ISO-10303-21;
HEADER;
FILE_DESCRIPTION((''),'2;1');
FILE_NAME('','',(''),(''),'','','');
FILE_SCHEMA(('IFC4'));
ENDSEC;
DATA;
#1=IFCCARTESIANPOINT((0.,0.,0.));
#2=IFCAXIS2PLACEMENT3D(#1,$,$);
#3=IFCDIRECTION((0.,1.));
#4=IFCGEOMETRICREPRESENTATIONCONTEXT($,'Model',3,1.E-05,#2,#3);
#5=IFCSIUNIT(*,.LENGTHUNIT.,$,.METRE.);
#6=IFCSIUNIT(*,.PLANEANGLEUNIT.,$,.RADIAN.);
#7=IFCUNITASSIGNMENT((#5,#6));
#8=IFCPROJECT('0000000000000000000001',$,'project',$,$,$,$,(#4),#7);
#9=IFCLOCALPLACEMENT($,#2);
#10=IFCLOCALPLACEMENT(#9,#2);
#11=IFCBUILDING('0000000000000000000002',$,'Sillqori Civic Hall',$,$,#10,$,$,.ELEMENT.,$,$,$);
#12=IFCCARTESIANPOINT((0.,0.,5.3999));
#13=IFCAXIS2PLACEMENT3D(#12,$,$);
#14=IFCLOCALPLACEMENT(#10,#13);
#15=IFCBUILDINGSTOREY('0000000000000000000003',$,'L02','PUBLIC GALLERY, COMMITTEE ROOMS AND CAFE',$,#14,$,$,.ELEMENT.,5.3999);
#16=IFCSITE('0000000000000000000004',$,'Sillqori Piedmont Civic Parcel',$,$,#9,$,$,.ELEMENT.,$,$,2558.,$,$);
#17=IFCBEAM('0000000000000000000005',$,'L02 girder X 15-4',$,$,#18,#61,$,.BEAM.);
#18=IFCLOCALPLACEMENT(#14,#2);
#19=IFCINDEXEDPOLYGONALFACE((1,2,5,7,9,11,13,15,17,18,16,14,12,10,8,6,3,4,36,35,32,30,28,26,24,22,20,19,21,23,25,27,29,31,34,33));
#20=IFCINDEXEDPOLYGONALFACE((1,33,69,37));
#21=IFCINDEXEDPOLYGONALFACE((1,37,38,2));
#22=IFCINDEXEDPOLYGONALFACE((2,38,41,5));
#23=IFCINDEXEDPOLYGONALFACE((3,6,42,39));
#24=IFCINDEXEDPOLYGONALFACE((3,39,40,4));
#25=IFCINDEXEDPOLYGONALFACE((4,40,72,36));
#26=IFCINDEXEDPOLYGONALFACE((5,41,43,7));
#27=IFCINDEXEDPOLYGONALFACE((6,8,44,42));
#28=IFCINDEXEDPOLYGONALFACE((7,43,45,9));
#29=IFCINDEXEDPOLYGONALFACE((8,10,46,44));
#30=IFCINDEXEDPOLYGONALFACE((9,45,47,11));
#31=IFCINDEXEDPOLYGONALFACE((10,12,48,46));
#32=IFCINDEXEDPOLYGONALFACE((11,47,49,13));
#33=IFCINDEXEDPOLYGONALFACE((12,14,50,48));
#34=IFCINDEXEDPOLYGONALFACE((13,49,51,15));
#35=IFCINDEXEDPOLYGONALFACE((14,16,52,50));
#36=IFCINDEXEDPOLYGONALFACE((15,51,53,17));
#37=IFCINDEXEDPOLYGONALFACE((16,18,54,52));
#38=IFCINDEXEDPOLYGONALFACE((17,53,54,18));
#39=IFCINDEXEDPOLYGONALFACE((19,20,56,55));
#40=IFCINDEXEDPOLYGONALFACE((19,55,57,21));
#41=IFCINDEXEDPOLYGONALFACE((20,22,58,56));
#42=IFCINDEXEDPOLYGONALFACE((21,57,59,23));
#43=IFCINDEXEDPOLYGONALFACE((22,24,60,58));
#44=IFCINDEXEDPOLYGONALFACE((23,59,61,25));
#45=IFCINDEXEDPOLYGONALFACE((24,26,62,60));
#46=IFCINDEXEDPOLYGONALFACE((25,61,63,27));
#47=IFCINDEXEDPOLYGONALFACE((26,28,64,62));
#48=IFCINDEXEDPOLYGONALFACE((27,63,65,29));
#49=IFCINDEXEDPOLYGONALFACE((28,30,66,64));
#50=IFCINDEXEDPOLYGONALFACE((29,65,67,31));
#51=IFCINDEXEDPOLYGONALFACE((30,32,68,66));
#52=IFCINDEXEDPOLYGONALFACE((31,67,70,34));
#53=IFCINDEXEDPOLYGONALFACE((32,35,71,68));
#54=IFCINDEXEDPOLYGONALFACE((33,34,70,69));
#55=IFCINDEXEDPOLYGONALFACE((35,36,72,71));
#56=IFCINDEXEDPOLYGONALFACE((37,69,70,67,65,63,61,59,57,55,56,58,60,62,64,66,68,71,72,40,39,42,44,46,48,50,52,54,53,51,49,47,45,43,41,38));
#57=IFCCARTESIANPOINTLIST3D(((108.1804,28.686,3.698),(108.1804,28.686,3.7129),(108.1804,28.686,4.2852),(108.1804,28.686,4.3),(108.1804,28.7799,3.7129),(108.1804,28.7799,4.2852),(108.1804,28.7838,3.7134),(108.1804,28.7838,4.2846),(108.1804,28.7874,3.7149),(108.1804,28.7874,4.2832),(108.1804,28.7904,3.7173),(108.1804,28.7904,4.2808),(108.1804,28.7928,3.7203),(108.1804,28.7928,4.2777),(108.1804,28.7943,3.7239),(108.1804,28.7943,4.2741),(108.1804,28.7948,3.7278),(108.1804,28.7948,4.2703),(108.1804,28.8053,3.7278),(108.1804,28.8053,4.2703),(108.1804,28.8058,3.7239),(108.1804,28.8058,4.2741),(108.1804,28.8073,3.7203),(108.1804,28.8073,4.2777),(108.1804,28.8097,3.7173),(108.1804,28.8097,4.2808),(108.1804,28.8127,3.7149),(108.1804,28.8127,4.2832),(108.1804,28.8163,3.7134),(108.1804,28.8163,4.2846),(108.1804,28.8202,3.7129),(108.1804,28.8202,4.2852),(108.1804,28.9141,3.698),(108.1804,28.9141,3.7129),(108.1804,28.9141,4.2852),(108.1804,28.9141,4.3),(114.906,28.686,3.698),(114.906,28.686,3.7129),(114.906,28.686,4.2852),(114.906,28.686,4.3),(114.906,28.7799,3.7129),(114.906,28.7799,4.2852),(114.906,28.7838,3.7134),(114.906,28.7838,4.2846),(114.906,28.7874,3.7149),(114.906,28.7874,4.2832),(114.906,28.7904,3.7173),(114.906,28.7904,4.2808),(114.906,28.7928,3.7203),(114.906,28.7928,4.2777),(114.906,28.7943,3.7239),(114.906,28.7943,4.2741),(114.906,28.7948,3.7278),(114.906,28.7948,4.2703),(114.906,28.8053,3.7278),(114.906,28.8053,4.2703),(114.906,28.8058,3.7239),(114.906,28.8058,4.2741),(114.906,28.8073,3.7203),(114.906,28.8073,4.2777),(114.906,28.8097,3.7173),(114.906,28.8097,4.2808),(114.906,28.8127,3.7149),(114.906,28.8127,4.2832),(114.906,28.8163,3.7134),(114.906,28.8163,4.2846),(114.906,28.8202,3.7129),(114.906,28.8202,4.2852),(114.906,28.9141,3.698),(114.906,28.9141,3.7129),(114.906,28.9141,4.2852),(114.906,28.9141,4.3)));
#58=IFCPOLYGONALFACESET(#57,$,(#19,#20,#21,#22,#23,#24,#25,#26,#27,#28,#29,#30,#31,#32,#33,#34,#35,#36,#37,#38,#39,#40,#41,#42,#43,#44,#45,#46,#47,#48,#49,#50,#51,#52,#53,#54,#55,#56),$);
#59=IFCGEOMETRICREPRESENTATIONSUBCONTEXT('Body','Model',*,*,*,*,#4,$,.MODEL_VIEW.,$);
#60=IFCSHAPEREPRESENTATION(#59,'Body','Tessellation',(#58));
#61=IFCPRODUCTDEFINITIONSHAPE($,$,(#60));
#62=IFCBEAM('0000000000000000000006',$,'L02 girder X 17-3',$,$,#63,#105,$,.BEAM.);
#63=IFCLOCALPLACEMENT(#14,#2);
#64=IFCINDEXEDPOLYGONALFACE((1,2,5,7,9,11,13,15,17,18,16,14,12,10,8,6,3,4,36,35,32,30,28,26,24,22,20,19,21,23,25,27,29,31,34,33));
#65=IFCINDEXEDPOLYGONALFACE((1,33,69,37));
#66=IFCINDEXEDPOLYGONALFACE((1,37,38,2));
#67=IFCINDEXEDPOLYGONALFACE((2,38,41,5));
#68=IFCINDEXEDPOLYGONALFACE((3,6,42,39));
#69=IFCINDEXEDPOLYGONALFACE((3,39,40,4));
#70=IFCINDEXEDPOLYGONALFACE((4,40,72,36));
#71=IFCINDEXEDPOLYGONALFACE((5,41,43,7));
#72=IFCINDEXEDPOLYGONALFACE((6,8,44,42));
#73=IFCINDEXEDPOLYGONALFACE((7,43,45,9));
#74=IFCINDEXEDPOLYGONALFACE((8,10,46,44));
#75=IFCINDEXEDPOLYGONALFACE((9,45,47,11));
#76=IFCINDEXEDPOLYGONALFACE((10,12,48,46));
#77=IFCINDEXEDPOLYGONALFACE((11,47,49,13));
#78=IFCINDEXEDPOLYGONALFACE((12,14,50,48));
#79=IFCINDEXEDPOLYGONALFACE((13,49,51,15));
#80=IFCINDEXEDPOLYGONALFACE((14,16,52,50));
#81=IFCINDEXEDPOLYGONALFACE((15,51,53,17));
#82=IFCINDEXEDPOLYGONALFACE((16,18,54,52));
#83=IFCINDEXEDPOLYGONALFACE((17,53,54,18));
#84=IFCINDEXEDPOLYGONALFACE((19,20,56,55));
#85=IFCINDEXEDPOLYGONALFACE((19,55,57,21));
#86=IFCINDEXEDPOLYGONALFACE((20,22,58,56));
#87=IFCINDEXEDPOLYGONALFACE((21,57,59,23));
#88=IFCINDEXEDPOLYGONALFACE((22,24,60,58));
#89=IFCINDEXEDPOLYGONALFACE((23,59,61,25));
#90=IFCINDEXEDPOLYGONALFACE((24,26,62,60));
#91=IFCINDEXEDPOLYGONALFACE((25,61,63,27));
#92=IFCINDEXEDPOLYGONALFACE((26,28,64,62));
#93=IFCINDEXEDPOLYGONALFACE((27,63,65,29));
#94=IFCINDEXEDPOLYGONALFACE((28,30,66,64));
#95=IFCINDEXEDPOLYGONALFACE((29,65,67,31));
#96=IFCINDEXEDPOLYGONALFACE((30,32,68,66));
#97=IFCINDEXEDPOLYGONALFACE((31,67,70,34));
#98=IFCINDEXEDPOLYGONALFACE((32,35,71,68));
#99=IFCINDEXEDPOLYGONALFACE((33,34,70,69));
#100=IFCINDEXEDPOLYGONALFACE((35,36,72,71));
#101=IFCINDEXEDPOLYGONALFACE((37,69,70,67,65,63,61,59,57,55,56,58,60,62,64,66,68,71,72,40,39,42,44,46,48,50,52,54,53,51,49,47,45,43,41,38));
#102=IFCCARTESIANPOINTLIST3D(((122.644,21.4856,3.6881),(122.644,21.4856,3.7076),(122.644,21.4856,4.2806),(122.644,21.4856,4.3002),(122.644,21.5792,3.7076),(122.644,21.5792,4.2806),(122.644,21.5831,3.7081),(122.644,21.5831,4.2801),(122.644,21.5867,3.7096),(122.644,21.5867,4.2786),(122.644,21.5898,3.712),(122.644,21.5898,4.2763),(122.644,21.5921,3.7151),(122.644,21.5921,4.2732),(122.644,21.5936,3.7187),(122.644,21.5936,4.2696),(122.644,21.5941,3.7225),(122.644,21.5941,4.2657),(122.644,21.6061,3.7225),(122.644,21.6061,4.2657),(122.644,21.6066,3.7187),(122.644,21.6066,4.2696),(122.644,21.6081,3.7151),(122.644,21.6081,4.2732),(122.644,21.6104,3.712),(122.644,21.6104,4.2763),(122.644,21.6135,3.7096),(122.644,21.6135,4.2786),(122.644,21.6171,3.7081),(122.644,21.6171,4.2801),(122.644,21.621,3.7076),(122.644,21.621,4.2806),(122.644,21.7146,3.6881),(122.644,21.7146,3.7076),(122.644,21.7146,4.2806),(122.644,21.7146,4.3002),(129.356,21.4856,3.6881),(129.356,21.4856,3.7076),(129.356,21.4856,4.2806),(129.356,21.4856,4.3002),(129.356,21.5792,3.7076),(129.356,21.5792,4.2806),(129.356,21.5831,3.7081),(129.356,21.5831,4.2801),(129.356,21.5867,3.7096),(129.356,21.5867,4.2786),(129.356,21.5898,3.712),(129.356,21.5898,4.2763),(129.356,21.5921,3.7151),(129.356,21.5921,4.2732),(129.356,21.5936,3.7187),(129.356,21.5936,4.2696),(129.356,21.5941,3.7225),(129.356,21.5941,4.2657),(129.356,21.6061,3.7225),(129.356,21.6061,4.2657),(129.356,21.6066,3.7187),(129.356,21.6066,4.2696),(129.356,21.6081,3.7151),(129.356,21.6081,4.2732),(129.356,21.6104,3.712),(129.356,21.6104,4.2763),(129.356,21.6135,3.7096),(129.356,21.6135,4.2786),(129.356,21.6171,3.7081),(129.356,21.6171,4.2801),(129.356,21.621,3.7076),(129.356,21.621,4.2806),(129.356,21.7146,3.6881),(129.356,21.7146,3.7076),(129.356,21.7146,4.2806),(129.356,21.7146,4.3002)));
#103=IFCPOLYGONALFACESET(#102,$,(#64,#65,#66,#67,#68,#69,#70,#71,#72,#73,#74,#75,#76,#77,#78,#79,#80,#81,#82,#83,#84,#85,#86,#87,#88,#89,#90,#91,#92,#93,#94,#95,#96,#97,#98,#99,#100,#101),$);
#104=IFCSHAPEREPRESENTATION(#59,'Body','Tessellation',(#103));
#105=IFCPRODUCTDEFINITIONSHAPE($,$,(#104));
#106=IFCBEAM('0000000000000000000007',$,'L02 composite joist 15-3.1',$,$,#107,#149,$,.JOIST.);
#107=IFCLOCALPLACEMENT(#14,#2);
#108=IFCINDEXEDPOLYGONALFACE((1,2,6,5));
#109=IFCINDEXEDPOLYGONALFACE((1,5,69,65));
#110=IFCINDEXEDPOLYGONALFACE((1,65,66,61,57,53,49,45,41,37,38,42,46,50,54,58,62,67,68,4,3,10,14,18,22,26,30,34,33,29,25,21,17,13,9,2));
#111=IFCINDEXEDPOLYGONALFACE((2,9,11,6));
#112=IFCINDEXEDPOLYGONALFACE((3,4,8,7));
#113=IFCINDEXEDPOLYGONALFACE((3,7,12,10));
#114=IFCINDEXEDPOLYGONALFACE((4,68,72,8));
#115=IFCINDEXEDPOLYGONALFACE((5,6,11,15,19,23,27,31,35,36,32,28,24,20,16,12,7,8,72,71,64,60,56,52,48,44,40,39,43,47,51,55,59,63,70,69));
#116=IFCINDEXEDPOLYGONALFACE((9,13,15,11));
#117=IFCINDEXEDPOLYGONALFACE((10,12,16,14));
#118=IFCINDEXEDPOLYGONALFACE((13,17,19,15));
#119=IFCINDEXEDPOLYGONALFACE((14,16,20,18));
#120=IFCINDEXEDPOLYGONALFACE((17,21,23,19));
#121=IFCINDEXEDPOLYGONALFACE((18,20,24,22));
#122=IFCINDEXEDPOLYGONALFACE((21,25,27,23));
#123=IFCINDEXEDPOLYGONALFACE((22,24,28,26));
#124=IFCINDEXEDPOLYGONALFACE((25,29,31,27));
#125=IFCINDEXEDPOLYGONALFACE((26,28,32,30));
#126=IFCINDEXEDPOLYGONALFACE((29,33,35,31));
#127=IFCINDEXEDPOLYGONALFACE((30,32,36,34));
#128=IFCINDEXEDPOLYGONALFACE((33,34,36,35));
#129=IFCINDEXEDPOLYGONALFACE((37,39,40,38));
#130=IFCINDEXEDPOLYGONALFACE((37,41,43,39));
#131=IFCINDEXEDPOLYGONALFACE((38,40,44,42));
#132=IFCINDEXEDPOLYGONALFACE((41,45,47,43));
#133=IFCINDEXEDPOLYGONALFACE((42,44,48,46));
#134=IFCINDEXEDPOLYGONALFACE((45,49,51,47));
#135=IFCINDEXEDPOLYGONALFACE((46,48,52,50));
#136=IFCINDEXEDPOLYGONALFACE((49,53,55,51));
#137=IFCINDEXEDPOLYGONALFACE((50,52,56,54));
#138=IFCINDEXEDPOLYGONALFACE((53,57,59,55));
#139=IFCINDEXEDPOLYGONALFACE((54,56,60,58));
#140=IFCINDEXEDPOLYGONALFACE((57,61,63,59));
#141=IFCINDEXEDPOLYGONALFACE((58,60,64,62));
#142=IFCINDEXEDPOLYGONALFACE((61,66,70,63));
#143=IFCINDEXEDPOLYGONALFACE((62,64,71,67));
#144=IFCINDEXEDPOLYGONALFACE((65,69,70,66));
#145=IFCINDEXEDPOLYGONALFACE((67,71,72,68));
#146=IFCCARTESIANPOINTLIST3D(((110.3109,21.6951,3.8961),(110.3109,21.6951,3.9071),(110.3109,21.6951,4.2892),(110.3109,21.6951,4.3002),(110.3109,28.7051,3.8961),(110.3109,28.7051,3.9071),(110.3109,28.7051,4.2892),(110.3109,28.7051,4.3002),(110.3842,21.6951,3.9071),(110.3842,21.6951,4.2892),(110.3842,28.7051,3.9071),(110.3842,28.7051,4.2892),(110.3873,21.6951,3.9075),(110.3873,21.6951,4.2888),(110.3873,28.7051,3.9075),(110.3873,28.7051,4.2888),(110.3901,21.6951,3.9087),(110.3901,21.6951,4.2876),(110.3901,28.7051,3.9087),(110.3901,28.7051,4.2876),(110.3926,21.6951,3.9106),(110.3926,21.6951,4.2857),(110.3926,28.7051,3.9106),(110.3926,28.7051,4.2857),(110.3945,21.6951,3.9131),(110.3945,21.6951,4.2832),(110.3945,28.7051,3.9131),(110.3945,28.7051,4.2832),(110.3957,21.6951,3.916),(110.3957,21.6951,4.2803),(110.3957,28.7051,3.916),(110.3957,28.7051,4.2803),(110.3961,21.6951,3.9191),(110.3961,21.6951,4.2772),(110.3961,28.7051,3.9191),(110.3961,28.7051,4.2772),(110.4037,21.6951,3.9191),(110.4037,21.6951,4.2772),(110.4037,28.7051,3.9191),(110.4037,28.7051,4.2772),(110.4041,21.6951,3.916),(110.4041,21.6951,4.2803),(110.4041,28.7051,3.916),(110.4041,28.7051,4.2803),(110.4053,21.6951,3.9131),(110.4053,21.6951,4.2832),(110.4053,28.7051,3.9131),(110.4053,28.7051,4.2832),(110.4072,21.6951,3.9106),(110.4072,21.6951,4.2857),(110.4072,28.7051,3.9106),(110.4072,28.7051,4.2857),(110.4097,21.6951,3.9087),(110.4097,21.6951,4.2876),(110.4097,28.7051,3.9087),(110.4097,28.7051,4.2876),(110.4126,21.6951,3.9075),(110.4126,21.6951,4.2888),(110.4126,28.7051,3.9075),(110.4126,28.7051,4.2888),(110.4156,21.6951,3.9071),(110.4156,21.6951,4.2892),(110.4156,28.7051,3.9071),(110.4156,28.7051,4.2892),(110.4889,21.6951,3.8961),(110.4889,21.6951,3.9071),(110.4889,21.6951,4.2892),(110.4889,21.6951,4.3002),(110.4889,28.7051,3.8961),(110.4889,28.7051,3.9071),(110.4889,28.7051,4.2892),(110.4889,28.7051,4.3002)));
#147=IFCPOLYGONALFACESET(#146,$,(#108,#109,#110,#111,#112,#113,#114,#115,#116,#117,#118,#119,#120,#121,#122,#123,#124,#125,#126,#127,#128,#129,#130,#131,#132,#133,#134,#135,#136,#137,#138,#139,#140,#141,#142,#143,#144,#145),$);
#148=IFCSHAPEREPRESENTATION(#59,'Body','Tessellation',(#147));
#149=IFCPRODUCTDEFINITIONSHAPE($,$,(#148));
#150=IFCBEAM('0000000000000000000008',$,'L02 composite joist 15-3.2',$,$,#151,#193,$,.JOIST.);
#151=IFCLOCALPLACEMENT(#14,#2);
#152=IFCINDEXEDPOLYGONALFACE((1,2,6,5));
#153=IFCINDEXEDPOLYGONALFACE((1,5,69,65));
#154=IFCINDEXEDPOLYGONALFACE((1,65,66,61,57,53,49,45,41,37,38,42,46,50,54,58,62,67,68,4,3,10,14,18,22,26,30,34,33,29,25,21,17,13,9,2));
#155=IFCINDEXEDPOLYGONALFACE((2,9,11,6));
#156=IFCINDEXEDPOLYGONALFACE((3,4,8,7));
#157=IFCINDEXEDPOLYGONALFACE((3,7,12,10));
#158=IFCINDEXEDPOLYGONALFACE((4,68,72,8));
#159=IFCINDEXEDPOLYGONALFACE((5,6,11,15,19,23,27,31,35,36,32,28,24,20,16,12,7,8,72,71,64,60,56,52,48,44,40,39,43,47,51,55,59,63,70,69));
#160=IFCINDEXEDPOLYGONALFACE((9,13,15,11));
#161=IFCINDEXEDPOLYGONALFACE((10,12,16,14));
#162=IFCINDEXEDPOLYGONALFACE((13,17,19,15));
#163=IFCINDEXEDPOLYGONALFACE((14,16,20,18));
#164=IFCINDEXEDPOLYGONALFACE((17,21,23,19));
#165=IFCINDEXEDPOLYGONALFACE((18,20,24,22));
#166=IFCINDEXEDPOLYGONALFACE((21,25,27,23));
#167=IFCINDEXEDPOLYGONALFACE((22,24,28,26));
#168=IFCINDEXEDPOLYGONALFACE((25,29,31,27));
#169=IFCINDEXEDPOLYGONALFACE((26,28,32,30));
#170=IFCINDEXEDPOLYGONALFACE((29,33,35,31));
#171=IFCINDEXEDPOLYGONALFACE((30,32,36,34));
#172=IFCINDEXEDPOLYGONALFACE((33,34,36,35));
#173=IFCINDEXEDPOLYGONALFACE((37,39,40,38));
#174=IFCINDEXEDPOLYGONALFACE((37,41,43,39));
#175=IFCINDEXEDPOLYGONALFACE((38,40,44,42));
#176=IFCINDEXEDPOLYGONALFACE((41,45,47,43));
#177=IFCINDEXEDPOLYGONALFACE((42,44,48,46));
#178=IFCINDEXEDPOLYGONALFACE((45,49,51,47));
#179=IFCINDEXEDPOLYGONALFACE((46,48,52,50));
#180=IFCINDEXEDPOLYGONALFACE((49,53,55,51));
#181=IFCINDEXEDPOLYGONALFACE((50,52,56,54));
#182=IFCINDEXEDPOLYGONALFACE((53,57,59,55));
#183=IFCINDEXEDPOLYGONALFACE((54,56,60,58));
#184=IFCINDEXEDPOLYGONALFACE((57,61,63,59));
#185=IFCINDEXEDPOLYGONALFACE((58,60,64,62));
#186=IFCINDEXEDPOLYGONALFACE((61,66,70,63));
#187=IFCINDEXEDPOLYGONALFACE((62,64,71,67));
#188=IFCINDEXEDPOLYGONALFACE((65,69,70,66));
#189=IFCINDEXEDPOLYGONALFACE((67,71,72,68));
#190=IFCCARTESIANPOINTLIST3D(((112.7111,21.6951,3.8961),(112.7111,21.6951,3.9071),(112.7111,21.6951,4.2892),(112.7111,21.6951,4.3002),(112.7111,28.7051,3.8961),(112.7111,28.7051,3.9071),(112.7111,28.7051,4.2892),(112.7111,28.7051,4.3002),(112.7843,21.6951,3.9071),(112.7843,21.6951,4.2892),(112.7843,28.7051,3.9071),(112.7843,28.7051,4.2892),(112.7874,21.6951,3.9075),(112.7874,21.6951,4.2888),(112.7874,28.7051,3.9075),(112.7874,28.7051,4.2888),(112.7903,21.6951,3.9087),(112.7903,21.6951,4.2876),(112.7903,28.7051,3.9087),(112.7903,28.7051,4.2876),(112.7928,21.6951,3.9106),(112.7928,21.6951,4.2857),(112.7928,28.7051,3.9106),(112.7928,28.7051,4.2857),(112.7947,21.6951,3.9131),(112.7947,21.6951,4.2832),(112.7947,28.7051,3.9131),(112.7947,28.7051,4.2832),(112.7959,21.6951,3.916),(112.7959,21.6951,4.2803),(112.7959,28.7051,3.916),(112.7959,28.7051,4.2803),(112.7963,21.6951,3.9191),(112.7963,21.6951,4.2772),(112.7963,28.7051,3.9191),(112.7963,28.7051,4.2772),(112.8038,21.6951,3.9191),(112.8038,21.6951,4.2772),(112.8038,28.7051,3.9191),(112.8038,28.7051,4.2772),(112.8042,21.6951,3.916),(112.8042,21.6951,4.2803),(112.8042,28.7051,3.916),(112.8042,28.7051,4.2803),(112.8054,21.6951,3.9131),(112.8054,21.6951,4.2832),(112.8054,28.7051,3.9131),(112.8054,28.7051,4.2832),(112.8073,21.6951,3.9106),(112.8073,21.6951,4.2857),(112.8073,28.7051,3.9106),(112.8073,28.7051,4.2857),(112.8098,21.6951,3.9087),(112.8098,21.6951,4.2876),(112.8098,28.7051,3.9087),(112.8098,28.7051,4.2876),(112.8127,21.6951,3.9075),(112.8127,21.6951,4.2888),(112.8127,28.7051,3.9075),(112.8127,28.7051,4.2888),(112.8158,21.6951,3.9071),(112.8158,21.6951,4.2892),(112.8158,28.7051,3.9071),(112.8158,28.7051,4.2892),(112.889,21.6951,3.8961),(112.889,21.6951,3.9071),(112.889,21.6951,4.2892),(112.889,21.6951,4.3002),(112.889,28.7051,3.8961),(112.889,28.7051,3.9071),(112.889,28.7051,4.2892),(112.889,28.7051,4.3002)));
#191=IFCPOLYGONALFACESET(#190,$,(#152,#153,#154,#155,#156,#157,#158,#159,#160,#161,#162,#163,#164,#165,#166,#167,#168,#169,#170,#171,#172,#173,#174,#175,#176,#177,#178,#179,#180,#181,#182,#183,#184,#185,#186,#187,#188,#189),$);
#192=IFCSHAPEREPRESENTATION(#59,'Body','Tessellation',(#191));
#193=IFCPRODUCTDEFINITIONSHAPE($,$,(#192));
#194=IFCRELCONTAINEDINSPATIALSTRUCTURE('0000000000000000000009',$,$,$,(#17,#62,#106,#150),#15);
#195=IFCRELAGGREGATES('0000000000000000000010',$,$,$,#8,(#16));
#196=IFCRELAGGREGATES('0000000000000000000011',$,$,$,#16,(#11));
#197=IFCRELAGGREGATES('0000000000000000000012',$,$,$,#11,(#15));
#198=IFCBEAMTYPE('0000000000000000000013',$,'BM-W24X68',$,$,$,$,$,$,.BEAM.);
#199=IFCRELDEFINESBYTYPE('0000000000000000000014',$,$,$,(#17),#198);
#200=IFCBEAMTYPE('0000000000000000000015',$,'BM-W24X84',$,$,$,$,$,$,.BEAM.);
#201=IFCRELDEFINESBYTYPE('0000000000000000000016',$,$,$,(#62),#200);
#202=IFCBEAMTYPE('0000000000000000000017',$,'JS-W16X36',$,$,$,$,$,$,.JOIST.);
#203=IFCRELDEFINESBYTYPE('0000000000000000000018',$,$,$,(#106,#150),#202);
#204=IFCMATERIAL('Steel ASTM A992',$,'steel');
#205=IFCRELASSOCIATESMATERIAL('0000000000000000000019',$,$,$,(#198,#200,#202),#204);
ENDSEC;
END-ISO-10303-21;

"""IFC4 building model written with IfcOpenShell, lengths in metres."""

from ifc_helpers import new_model, si_unit, direction, frame, origin, origin_2d, place, context, subcontext, project, spatial, i_section, extrude, material, material_profile, profile_set, type_object, element, save


model = new_model("IFC4")

# Units and contexts
model_context = context("Model", 3, precision=1e-05, world=origin(), true_north=direction((0.0, 1.0)))
body_context = subcontext(model_context, "Body", "Model", "MODEL_VIEW")
ifc_project = project(units=[si_unit("LENGTHUNIT", "METRE"), si_unit("PLANEANGLEUNIT", "RADIAN")], contexts=[model_context])

# Site, building, storey
site_placement = place(None, origin())
site = spatial("IfcSite", under=ifc_project, at=site_placement, Name="Sillqori Piedmont Civic Parcel", CompositionType="ELEMENT", RefElevation=2558.0)
building_placement = place(site_placement, origin())
building = spatial("IfcBuilding", under=site, at=building_placement, Name="Sillqori Civic Hall", CompositionType="ELEMENT")
storey_placement = place(building_placement, frame((0.0, 0.0, 5.3999)))
storey = spatial("IfcBuildingStorey", under=building, at=storey_placement, Name="L02", Description="PUBLIC GALLERY, COMMITTEE ROOMS AND CAFE", CompositionType="ELEMENT", Elevation=5.3999)

# Shared definitions
ifc_material_1 = material(Name="Steel ASTM A992", Category="steel")

# Beams
ifc_material_profile_1 = material_profile(ifc_material_1, i_section(OverallWidth=0.228, OverallDepth=0.6021, WebThickness=0.0105, FlangeThickness=0.0149, FilletRadius=0.0149, at=origin_2d()), Name="W24X68")
ifc_profile_set_1 = profile_set([ifc_material_profile_1], Name="Steel ASTM A992")
beam_type_1 = type_object("IfcBeamType", Name="BM-W24X68", PredefinedType="BEAM", material=ifc_profile_set_1)
for number, where, z_axis, x_axis, name in (
    (1, (108.1804, 28.8, 3.999), (1.0, 0.0, 0.0), (0.0, 1.0, 0.0), "L02 girder X 15-4"),
):
    element("IfcBeam", number, at=place(storey_placement, frame(where, z_axis=z_axis, x_axis=x_axis)), inside=storey, type_object=beam_type_1, Name=name, PredefinedType="BEAM", context=body_context, shape_type="SweptSolid", body=[
        extrude(i_section(OverallWidth=0.228, OverallDepth=0.6021, WebThickness=0.0105, FlangeThickness=0.0149, FilletRadius=0.0149, at=origin_2d()), origin(), (0.0, 0.0, 1.0), 6.7256),
    ])
ifc_material_profile_2 = material_profile(ifc_material_1, i_section(OverallWidth=0.229, OverallDepth=0.6121, WebThickness=0.012, FlangeThickness=0.0195, FilletRadius=0.0149, at=origin_2d()), Name="W24X84")
ifc_profile_set_2 = profile_set([ifc_material_profile_2], Name="Steel ASTM A992")
beam_type_2 = type_object("IfcBeamType", Name="BM-W24X84", PredefinedType="BEAM", material=ifc_profile_set_2)
beam_1_placement = place(storey_placement, frame((122.644, 21.6001, 3.9941), z_axis=(1.0, 0.0, 0.0), x_axis=(0.0, 1.0, 0.0)))
element("IfcBeam", 2, at=beam_1_placement, inside=storey, type_object=beam_type_2, Name="L02 girder X 17-3", PredefinedType="BEAM", context=body_context, shape_type="SweptSolid", body=[
    extrude(i_section(OverallWidth=0.229, OverallDepth=0.6121, WebThickness=0.012, FlangeThickness=0.0195, FilletRadius=0.0149, at=origin_2d()), origin(), (0.0, 0.0, 1.0), 6.7119),
])
ifc_material_profile_3 = material_profile(ifc_material_1, i_section(OverallWidth=0.178, OverallDepth=0.4041, WebThickness=0.0076, FlangeThickness=0.011, FilletRadius=0.012, at=origin_2d()), Name="W16X36")
ifc_profile_set_3 = profile_set([ifc_material_profile_3], Name="Steel ASTM A992")
beam_type_3 = type_object("IfcBeamType", Name="JS-W16X36", PredefinedType="JOIST", material=ifc_profile_set_3)
for number, where, z_axis, x_axis, name in (
    (3, (110.3999, 21.6951, 4.0981), (0.0, 1.0, 0.0), (-1.0, 0.0, 0.0), "L02 composite joist 15-3.1"),
    (4, (112.8, 21.6951, 4.0981), (0.0, 1.0, 0.0), (-1.0, 0.0, 0.0), "L02 composite joist 15-3.2"),
):
    element("IfcBeam", number, at=place(storey_placement, frame(where, z_axis=z_axis, x_axis=x_axis)), inside=storey, type_object=beam_type_3, Name=name, PredefinedType="JOIST", context=body_context, shape_type="SweptSolid", body=[
        extrude(i_section(OverallWidth=0.178, OverallDepth=0.4041, WebThickness=0.0076, FlangeThickness=0.011, FilletRadius=0.012, at=origin_2d()), origin(), (0.0, 0.0, 1.0), 7.01),
    ])

save(model, "model.ifc")
